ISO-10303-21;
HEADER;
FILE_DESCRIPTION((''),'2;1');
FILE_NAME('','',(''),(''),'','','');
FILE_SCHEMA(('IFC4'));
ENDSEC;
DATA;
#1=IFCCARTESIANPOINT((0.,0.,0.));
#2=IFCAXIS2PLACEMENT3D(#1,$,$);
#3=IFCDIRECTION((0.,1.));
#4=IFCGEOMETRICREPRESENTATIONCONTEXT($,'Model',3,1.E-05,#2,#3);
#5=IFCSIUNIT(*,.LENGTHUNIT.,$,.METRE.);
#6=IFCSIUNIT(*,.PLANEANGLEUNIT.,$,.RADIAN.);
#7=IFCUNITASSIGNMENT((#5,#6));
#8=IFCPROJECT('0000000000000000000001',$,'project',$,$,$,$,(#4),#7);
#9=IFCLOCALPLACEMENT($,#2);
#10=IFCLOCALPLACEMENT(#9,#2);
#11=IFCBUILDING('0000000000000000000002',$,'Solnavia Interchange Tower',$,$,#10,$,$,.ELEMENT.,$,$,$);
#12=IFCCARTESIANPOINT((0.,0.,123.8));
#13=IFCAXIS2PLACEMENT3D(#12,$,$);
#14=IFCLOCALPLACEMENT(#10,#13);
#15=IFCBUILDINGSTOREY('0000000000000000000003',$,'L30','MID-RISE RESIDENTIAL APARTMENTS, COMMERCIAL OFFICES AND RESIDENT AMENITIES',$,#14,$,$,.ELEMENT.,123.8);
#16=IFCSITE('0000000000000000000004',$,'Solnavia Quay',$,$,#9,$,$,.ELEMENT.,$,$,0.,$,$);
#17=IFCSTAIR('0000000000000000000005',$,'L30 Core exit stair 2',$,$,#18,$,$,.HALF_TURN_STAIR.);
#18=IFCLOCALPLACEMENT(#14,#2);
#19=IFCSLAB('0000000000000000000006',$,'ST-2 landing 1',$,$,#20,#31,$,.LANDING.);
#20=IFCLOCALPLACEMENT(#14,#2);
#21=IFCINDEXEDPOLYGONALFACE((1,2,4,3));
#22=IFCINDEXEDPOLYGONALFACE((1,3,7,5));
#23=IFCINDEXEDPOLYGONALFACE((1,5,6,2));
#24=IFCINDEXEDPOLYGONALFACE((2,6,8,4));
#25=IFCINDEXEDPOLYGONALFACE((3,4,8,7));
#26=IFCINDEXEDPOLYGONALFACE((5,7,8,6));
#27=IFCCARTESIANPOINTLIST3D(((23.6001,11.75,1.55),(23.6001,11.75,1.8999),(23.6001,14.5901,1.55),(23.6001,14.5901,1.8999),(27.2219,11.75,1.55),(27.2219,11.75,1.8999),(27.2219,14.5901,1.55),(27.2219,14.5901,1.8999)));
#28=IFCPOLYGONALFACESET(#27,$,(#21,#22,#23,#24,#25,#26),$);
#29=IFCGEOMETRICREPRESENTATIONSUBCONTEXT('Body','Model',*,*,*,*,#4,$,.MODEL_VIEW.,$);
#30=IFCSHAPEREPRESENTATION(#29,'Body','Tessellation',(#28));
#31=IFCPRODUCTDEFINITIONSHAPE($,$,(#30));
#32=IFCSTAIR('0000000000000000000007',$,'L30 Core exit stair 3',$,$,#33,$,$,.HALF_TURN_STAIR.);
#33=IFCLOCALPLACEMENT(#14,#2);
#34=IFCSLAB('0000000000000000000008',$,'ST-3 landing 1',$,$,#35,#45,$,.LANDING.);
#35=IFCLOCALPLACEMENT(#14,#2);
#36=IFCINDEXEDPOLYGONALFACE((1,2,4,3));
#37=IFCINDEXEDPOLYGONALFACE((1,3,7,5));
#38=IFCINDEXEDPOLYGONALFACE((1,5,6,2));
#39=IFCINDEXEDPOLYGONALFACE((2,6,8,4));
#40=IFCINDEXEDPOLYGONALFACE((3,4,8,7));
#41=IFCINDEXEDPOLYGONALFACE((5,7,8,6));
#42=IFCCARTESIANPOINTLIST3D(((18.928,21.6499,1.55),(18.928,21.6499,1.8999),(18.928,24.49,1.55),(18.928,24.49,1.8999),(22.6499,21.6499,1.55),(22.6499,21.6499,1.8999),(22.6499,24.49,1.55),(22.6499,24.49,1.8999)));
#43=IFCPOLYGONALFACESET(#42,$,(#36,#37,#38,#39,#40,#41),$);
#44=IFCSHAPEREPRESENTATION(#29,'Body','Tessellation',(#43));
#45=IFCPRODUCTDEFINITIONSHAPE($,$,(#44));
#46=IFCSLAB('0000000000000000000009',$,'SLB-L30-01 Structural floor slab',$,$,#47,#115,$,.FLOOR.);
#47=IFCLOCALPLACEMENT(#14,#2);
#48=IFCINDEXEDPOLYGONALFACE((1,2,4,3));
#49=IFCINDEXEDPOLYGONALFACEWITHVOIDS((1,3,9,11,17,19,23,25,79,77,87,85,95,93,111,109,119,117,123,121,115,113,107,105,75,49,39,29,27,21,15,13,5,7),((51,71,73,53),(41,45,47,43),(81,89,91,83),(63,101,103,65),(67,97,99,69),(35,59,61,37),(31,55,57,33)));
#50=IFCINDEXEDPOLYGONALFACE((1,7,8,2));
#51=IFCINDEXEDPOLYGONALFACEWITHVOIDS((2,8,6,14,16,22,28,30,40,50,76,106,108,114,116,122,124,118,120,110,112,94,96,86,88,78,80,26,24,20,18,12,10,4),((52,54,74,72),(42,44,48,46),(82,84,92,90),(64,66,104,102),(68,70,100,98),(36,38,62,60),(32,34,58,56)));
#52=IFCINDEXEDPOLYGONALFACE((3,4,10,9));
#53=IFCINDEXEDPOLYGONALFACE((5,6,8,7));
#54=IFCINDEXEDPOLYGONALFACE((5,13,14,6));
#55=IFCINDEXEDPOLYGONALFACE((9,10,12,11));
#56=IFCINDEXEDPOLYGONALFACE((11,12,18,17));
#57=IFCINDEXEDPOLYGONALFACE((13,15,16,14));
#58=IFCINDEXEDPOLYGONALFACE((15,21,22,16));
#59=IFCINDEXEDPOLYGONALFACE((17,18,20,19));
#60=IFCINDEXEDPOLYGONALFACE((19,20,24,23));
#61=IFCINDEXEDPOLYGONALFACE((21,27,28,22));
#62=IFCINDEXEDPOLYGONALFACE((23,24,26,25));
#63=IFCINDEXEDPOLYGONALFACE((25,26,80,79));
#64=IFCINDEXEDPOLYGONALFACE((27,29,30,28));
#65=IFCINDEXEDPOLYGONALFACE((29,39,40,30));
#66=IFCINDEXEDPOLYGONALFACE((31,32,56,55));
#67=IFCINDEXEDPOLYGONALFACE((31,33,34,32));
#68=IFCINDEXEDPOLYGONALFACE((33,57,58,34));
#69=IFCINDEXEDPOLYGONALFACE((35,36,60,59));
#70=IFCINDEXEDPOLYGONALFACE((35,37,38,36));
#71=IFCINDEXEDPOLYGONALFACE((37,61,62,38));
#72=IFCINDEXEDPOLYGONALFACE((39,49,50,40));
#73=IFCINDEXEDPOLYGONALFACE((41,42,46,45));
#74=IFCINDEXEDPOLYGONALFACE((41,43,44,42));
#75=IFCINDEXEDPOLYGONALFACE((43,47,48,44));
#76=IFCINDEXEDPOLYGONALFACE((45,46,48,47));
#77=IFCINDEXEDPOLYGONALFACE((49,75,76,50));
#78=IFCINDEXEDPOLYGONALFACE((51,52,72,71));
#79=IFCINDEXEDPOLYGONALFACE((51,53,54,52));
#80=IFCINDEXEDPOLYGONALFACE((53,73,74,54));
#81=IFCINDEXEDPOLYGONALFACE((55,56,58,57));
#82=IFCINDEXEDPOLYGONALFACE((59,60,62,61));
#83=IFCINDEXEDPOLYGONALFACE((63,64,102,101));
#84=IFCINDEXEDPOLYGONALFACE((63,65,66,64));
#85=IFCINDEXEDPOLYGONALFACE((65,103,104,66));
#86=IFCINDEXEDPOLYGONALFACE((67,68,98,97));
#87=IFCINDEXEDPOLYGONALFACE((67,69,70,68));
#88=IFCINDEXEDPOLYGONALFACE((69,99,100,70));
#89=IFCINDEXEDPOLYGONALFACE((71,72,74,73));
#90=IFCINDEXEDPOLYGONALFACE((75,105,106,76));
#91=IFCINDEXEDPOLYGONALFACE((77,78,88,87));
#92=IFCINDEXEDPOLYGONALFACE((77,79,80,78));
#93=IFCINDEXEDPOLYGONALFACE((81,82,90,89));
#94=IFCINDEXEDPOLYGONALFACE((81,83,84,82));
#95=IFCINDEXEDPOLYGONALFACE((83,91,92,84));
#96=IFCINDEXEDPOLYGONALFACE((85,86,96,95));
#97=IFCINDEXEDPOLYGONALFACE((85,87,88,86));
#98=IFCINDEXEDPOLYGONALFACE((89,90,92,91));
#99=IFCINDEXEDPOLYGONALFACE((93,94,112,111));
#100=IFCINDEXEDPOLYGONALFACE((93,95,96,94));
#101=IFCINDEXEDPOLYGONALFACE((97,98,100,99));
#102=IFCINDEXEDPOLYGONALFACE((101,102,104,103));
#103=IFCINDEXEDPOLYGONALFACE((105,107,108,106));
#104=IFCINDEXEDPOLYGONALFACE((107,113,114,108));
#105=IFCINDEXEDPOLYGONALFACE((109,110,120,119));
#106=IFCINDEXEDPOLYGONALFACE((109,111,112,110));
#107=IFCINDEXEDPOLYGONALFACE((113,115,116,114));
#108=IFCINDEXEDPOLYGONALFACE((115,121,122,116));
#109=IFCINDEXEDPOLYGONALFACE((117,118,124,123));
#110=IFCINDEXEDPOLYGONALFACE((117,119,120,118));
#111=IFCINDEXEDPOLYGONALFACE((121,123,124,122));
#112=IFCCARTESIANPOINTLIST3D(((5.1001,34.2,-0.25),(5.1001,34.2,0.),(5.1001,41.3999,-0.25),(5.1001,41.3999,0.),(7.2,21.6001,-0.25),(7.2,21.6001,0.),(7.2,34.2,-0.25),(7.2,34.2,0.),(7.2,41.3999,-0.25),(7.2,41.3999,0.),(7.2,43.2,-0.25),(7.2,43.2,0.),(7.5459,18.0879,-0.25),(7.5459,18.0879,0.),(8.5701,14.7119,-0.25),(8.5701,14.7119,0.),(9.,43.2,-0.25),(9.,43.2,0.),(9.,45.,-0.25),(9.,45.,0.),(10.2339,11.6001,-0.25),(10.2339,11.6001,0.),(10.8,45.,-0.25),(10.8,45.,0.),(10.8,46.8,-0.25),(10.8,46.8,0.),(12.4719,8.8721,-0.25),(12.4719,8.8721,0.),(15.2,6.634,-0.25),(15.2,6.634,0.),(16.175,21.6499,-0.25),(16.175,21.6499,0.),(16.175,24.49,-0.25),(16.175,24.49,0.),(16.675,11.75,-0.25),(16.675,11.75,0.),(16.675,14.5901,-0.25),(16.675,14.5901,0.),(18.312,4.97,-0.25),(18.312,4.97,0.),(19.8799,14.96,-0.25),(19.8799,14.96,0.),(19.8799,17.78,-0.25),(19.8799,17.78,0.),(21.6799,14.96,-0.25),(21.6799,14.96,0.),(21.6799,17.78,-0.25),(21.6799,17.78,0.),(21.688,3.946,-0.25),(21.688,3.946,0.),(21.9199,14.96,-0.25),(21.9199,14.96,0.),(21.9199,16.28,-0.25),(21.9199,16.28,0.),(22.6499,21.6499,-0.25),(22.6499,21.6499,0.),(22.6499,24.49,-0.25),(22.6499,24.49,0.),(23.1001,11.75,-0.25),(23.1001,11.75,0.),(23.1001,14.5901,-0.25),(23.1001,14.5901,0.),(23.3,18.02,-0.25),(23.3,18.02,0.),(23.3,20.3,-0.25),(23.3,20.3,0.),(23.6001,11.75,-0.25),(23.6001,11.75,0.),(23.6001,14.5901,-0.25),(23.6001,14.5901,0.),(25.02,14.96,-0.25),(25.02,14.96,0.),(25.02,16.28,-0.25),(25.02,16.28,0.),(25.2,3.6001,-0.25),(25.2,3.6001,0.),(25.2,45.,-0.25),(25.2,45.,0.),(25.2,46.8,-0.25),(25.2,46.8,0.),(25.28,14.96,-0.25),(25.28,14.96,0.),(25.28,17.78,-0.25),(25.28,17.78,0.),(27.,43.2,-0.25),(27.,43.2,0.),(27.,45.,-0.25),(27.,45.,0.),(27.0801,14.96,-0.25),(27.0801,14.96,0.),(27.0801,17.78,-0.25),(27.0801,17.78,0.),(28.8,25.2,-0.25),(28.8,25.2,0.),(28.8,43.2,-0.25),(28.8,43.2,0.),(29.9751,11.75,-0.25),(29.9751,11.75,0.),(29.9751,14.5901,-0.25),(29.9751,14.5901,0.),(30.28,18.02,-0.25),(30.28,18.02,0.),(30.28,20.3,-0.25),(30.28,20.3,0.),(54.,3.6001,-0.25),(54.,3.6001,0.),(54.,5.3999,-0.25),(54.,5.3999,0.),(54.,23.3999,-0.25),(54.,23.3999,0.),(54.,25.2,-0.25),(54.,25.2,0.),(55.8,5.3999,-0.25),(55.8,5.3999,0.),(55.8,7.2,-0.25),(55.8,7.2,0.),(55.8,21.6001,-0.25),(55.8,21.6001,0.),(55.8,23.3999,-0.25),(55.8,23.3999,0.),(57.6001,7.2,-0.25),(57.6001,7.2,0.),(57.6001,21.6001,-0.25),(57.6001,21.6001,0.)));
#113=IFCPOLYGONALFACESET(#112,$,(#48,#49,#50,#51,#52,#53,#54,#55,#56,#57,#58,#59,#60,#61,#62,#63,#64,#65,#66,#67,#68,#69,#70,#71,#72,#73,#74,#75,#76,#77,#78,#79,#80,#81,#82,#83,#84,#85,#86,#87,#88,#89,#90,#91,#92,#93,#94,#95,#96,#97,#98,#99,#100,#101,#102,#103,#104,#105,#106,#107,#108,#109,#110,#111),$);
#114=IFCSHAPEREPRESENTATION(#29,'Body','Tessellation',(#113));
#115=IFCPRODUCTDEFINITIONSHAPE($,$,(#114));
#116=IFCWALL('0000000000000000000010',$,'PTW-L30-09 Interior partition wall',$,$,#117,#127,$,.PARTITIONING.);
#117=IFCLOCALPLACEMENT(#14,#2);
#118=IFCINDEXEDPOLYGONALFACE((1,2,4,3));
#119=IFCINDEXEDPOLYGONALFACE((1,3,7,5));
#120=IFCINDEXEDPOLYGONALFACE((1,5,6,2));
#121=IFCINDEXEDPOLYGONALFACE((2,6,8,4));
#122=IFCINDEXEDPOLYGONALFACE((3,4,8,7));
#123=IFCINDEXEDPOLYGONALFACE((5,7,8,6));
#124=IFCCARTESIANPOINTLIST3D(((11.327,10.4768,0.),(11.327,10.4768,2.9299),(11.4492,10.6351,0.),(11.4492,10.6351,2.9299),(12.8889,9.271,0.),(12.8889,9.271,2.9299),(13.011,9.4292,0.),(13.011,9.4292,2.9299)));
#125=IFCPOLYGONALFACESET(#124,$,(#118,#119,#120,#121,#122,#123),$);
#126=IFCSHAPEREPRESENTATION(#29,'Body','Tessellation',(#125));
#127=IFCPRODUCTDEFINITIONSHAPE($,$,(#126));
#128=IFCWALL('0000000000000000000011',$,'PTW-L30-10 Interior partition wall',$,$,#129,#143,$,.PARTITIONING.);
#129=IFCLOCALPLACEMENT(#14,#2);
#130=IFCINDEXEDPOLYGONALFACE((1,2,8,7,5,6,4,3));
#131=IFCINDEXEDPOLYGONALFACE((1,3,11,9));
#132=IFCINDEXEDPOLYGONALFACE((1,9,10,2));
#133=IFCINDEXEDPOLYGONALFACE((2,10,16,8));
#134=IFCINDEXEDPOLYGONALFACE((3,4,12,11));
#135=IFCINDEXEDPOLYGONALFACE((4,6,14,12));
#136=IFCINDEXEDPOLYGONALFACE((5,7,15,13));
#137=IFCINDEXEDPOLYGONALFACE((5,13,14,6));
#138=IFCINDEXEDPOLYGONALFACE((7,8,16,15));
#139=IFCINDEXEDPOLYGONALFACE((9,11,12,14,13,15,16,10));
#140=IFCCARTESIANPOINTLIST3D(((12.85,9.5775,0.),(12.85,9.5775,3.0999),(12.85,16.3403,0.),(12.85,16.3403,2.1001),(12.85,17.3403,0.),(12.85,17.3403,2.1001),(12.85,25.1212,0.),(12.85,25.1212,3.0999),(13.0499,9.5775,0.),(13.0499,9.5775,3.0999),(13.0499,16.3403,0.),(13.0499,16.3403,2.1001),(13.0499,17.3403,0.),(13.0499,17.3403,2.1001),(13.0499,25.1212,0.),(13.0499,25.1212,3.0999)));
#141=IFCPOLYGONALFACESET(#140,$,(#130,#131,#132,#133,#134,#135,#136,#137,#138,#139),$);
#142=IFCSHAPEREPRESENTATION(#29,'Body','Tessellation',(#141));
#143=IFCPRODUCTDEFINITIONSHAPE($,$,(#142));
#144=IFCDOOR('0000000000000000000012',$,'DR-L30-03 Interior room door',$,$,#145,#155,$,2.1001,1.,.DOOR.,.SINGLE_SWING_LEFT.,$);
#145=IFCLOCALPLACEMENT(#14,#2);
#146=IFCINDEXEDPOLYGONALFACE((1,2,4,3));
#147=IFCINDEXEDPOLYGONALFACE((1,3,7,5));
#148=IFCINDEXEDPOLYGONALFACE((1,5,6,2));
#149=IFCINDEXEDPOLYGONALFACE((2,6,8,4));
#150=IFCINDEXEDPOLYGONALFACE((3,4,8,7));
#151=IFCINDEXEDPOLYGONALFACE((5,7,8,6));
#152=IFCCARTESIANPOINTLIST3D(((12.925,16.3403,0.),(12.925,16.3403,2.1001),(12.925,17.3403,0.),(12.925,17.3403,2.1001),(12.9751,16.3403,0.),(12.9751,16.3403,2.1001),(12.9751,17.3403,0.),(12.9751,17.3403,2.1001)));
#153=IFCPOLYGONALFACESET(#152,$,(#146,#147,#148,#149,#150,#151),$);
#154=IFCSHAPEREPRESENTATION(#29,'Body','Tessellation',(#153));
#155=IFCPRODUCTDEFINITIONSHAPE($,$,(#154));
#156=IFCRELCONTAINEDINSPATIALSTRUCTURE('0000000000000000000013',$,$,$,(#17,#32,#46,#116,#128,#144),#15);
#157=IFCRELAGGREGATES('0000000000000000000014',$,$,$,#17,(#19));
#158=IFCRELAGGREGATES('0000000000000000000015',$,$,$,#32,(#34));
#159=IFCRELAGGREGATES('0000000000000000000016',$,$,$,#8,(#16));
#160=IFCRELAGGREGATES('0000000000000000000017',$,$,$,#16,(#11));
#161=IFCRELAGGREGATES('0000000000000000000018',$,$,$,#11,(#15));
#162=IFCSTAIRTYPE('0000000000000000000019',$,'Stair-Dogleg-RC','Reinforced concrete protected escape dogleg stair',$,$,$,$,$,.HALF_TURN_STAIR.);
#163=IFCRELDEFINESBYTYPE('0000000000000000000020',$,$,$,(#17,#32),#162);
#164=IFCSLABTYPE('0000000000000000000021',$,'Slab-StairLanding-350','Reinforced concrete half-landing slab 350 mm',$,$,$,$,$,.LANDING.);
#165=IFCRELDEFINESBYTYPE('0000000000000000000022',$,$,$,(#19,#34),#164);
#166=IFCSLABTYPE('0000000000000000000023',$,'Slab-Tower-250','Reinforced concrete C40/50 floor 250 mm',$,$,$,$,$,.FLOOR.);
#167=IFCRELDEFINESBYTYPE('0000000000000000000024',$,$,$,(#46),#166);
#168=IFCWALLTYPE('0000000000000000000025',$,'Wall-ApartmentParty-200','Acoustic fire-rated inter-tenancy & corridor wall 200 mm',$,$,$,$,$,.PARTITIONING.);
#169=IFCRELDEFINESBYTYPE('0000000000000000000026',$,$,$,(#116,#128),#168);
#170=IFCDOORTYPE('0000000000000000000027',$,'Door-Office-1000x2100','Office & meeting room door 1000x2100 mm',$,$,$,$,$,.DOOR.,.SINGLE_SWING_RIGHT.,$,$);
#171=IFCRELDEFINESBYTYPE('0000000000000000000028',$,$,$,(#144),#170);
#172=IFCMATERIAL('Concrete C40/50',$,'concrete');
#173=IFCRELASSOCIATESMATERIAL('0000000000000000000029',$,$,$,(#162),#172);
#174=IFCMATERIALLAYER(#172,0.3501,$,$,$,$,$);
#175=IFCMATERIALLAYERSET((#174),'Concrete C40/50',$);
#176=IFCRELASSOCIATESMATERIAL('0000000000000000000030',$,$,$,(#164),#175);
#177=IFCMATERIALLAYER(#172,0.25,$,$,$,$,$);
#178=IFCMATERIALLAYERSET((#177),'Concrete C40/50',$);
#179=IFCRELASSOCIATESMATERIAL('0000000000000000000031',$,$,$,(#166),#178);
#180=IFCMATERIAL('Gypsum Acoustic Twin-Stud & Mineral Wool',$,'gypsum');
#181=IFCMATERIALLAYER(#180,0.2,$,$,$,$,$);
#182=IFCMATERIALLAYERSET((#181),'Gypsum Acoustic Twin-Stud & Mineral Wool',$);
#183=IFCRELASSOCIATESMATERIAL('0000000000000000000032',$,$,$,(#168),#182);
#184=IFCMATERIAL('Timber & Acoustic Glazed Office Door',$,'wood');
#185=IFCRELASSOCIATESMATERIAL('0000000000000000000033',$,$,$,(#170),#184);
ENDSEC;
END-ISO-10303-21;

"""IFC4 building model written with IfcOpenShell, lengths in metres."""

from ifc_helpers import new_model, si_unit, direction, frame, frame_2d, origin, place, context, subcontext, project, spatial, polyline, rectangle, outline, extrude, material, layer, layer_set, type_object, element, fill, aggregate, save


model = new_model("IFC4")

# Units and contexts
model_context = context("Model", 3, precision=1e-05, world=origin(), true_north=direction((0.0, 1.0)))
body_context = subcontext(model_context, "Body", "Model", "MODEL_VIEW")
ifc_project = project(units=[si_unit("LENGTHUNIT", "METRE"), si_unit("PLANEANGLEUNIT", "RADIAN")], contexts=[model_context])

# Site, building, storey
site_placement = place(None, origin())
site = spatial("IfcSite", under=ifc_project, at=site_placement, Name="Solnavia Quay", CompositionType="ELEMENT", RefElevation=0.0)
building_placement = place(site_placement, origin())
building = spatial("IfcBuilding", under=site, at=building_placement, Name="Solnavia Interchange Tower", CompositionType="ELEMENT")
storey_placement = place(building_placement, frame((0.0, 0.0, 123.8)))
storey = spatial("IfcBuildingStorey", under=building, at=storey_placement, Name="L30", Description="MID-RISE RESIDENTIAL APARTMENTS, COMMERCIAL OFFICES AND RESIDENT AMENITIES", CompositionType="ELEMENT", Elevation=123.8)

# Stairs, slabs
ifc_material_1 = material(Name="Concrete C40/50", Category="concrete")
stair_type = type_object("IfcStairType", Name="Stair-Dogleg-RC", Description="Reinforced concrete protected escape dogleg stair", PredefinedType="HALF_TURN_STAIR", material=ifc_material_1)
ifc_layer_1 = layer(ifc_material_1, 0.3501)
ifc_layer_set_1 = layer_set([ifc_layer_1], Name="Concrete C40/50")
slab_type_1 = type_object("IfcSlabType", Name="Slab-StairLanding-350", Description="Reinforced concrete half-landing slab 350 mm", PredefinedType="LANDING", material=ifc_layer_set_1)
stair_1_placement = place(storey_placement, origin())
stair_1 = element("IfcStair", 1, at=stair_1_placement, inside=storey, type_object=stair_type, Name="L30 Core exit stair 2", PredefinedType="HALF_TURN_STAIR")
slab_1_placement = place(storey_placement, frame((0.0, 0.0, 1.55)))
slab_1 = element("IfcSlab", 2, at=slab_1_placement, type_object=slab_type_1, Name="ST-2 landing 1", PredefinedType="LANDING", context=body_context, shape_type="SweptSolid", body=[
    extrude(outline(polyline([(23.6001, 11.75), (27.2219, 11.75), (27.2219, 14.5901), (23.6001, 14.5901), (23.6001, 11.75)])), origin(), (0.0, 0.0, 1.0), 0.3499),
])
aggregate(stair_1, [slab_1])
stair_2_placement = place(storey_placement, origin())
stair_2 = element("IfcStair", 3, at=stair_2_placement, inside=storey, type_object=stair_type, Name="L30 Core exit stair 3", PredefinedType="HALF_TURN_STAIR")
slab_2_placement = place(storey_placement, frame((0.0, 0.0, 1.55)))
slab_2 = element("IfcSlab", 4, at=slab_2_placement, type_object=slab_type_1, Name="ST-3 landing 1", PredefinedType="LANDING", context=body_context, shape_type="SweptSolid", body=[
    extrude(outline(polyline([(18.928, 21.6499), (22.6499, 21.6499), (22.6499, 24.49), (18.928, 24.49), (18.928, 21.6499)])), origin(), (0.0, 0.0, 1.0), 0.3499),
])
aggregate(stair_2, [slab_2])

# Slab
ifc_layer_2 = layer(ifc_material_1, 0.25)
ifc_layer_set_2 = layer_set([ifc_layer_2], Name="Concrete C40/50")
slab_type_2 = type_object("IfcSlabType", Name="Slab-Tower-250", Description="Reinforced concrete C40/50 floor 250 mm", PredefinedType="FLOOR", material=ifc_layer_set_2)
slab_3_placement = place(storey_placement, frame((0.0, 0.0, -0.25)))
element("IfcSlab", 5, at=slab_3_placement, inside=storey, type_object=slab_type_2, Name="SLB-L30-01 Structural floor slab", PredefinedType="FLOOR", context=body_context, shape_type="SweptSolid", body=[
    extrude(outline(polyline([(25.2, 3.6001), (54.0, 3.6001), (54.0, 5.3999), (55.8, 5.3999), (55.8, 7.2), (57.6001, 7.2), (57.6001, 21.6001), (55.8, 21.6001), (55.8, 23.3999), (54.0, 23.3999), (54.0, 25.2), (28.8, 25.2), (28.8, 43.2), (27.0, 43.2), (27.0, 45.0), (25.2, 45.0), (25.2, 46.8), (10.8, 46.8), (10.8, 45.0), (9.0, 45.0), (9.0, 43.2), (7.2, 43.2), (7.2, 41.3999), (5.1001, 41.3999), (5.1001, 34.2), (7.2, 34.2), (7.2, 21.6001), (7.5459, 18.0879), (8.5701, 14.7119), (10.2339, 11.6001), (12.4719, 8.8721), (15.2, 6.634), (18.312, 4.97), (21.688, 3.946), (25.2, 3.6001)]), holes=[polyline([(16.675, 11.75), (23.1001, 11.75), (23.1001, 14.5901), (16.675, 14.5901), (16.675, 11.75)]), polyline([(23.6001, 11.75), (29.9751, 11.75), (29.9751, 14.5901), (23.6001, 14.5901), (23.6001, 11.75)]), polyline([(16.175, 21.6499), (22.6499, 21.6499), (22.6499, 24.49), (16.175, 24.49), (16.175, 21.6499)]), polyline([(19.8799, 14.96), (21.6799, 14.96), (21.6799, 17.78), (19.8799, 17.78), (19.8799, 14.96)]), polyline([(25.28, 14.96), (27.0801, 14.96), (27.0801, 17.78), (25.28, 17.78), (25.28, 14.96)]), polyline([(21.9199, 14.96), (25.02, 14.96), (25.02, 16.28), (21.9199, 16.28), (21.9199, 14.96)]), polyline([(23.3, 18.02), (30.28, 18.02), (30.28, 20.3), (23.3, 20.3), (23.3, 18.02)])]), origin(), (0.0, 0.0, 1.0), 0.25),
])

# Wall
ifc_material_2 = material(Name="Gypsum Acoustic Twin-Stud & Mineral Wool", Category="gypsum")
ifc_layer_3 = layer(ifc_material_2, 0.2)
ifc_layer_set_3 = layer_set([ifc_layer_3], Name="Gypsum Acoustic Twin-Stud & Mineral Wool")
wall_type_1 = type_object("IfcWallType", Name="Wall-ApartmentParty-200", Description="Acoustic fire-rated inter-tenancy & corridor wall 200 mm", PredefinedType="PARTITIONING", material=ifc_layer_set_3)
wall_1_placement = place(storey_placement, frame((12.95, 9.3501, 0.0), z_axis=(0.0, 0.0, 1.0), x_axis=(-0.791533, 0.611127, 0.0)))
element("IfcWall", 6, at=wall_1_placement, inside=storey, type_object=wall_type_1, Name="PTW-L30-09 Interior partition wall", PredefinedType="PARTITIONING", context=body_context, shape_type="SweptSolid", body=[
    extrude(rectangle(XDim=1.9731, YDim=0.2, at=frame_2d((0.9866, 0.0))), origin(), (0.0, 0.0, 1.0), 2.9299),
])

# Wall, opening, door
wall_2_placement = place(storey_placement, frame((12.95, 9.5774, 0.0), z_axis=(0.0, 0.0, 1.0), x_axis=(0.0, 1.0, 0.0)))
wall_2 = element("IfcWall", 7, at=wall_2_placement, inside=storey, type_object=wall_type_1, Name="PTW-L30-10 Interior partition wall", PredefinedType="PARTITIONING", context=body_context, shape_type="SweptSolid", body=[
    extrude(rectangle(XDim=15.5437, YDim=0.2, at=frame_2d((7.772, 0.0))), origin(), (0.0, 0.0, 1.0), 3.0999),
])
opening_1_placement = place(wall_2_placement, frame((6.7629, 0.0, 0.0)))
opening_1 = element("IfcOpeningElement", 8, at=opening_1_placement, cuts=wall_2, PredefinedType="OPENING", context=body_context, shape_type="SweptSolid", body=[
    extrude(rectangle(XDim=1.0, YDim=2.1001, at=frame_2d((0.5, 1.05))), frame((0.0, 0.1099, 0.0), z_axis=(0.0, -1.0, 0.0), x_axis=(1.0, 0.0, 0.0)), (0.0, 0.0, 1.0), 0.22),
])
ifc_material_3 = material(Name="Timber & Acoustic Glazed Office Door", Category="wood")
door_type = type_object("IfcDoorType", Name="Door-Office-1000x2100", Description="Office & meeting room door 1000x2100 mm", OperationType="SINGLE_SWING_RIGHT", PredefinedType="DOOR", material=ifc_material_3)
door_1_placement = place(opening_1_placement, origin())
door_1 = element("IfcDoor", 9, at=door_1_placement, inside=storey, type_object=door_type, Name="DR-L30-03 Interior room door", OperationType="SINGLE_SWING_LEFT", OverallHeight=2.1001, OverallWidth=1.0, PredefinedType="DOOR", context=body_context, shape_type="SweptSolid", body=[
    extrude(rectangle(XDim=1.0, YDim=2.1001, at=frame_2d((0.5, 1.05))), frame((0.0, 0.0249, 0.0), z_axis=(0.0, -1.0, 0.0), x_axis=(1.0, 0.0, 0.0)), (0.0, 0.0, 1.0), 0.05),
])
fill(opening_1, door_1)

save(model, "model.ifc")
